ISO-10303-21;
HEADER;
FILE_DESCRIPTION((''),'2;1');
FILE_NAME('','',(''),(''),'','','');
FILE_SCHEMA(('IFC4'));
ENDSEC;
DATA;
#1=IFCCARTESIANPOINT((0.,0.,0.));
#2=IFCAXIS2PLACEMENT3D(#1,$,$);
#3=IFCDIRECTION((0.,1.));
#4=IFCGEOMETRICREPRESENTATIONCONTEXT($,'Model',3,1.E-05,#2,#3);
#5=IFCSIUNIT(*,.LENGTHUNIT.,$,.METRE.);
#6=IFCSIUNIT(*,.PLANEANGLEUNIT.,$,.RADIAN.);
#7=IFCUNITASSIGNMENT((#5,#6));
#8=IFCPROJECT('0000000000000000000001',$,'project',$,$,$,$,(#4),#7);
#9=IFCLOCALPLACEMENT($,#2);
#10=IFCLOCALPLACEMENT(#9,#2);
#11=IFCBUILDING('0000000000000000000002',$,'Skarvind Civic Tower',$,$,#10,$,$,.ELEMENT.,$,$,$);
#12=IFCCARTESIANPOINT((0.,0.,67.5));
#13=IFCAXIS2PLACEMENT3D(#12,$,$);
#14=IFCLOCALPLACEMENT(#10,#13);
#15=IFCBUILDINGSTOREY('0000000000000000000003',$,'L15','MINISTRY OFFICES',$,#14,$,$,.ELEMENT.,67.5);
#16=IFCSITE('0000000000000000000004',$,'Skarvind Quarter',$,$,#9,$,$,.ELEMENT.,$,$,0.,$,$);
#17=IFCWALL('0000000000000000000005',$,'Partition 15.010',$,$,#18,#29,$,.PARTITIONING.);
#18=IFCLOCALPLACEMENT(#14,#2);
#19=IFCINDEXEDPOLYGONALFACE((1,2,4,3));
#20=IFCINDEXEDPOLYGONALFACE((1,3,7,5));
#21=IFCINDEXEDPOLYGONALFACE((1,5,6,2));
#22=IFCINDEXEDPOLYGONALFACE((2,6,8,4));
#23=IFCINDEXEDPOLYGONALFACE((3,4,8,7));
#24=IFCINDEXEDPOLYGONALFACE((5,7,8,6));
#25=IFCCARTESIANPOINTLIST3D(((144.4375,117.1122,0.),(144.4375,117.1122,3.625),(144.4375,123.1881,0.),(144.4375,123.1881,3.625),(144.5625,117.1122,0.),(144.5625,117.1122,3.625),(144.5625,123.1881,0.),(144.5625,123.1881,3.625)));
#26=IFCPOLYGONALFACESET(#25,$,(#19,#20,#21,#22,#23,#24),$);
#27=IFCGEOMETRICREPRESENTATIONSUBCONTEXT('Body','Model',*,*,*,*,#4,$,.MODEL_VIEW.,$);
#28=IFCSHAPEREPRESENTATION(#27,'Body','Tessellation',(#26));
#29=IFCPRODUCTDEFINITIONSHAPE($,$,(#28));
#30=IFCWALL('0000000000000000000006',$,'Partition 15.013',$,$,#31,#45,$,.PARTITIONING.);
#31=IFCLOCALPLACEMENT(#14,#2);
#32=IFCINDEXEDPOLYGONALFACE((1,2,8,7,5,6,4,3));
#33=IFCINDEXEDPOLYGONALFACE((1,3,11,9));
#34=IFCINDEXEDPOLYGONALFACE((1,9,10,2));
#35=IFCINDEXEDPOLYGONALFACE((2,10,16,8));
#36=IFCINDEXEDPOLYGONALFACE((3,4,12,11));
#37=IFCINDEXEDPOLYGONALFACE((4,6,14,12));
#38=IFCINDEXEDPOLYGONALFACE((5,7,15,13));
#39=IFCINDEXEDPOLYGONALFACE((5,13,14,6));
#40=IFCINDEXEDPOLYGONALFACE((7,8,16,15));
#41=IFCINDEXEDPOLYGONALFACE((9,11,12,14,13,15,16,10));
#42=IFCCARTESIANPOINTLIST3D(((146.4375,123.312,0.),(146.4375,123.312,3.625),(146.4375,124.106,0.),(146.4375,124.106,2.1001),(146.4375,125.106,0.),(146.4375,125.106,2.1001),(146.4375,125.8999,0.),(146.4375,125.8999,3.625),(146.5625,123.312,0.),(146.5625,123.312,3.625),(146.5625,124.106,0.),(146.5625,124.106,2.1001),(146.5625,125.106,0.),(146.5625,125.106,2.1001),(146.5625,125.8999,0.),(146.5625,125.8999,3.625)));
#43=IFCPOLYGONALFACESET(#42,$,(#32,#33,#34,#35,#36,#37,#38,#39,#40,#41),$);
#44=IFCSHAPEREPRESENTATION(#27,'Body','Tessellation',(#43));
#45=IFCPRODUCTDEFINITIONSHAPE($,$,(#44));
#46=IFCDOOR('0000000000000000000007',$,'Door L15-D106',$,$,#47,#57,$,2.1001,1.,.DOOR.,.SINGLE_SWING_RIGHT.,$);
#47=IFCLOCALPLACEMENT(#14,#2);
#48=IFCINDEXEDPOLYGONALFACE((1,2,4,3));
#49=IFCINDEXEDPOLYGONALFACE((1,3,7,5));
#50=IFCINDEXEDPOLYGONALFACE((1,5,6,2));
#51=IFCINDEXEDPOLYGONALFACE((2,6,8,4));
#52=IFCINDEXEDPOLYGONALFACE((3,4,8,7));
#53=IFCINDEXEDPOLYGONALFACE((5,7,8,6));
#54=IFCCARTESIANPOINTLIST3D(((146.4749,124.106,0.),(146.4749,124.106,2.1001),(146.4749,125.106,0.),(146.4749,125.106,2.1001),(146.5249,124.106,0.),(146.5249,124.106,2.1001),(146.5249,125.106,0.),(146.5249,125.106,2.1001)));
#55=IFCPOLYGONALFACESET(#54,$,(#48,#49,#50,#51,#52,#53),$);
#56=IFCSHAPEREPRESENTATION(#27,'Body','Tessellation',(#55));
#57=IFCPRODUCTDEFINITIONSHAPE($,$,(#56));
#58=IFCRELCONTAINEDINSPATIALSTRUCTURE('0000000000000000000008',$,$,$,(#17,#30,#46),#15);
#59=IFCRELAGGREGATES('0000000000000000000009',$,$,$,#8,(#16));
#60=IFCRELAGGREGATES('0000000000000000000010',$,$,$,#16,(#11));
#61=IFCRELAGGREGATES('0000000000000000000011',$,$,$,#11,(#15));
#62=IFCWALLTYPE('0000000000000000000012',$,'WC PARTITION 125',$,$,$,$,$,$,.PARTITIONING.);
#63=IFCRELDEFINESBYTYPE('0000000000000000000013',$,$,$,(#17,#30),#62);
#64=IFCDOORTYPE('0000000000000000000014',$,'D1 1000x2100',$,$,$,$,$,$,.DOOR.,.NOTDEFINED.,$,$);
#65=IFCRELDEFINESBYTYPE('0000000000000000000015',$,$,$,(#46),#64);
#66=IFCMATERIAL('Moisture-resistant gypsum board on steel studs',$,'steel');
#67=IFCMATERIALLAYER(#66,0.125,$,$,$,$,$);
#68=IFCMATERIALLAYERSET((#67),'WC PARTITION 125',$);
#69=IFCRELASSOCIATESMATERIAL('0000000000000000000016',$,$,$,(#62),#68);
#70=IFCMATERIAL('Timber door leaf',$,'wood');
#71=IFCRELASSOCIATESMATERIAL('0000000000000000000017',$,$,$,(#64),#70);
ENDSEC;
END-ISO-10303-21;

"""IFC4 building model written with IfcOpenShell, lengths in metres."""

from ifc_helpers import new_model, si_unit, direction, frame, frame_2d, origin, place, context, subcontext, project, spatial, rectangle, extrude, material, layer, layer_set, type_object, element, fill, save


model = new_model("IFC4")

# Units and contexts
model_context = context("Model", 3, precision=1e-05, world=origin(), true_north=direction((0.0, 1.0)))
body_context = subcontext(model_context, "Body", "Model", "MODEL_VIEW")
ifc_project = project(units=[si_unit("LENGTHUNIT", "METRE"), si_unit("PLANEANGLEUNIT", "RADIAN")], contexts=[model_context])

# Site, building, storey
site_placement = place(None, origin())
site = spatial("IfcSite", under=ifc_project, at=site_placement, Name="Skarvind Quarter", CompositionType="ELEMENT", RefElevation=0.0)
building_placement = place(site_placement, origin())
building = spatial("IfcBuilding", under=site, at=building_placement, Name="Skarvind Civic Tower", CompositionType="ELEMENT")
storey_placement = place(building_placement, frame((0.0, 0.0, 67.5)))
storey = spatial("IfcBuildingStorey", under=building, at=storey_placement, Name="L15", Description="MINISTRY OFFICES", CompositionType="ELEMENT", Elevation=67.5)

# Shared definitions
ifc_material_1 = material(Name="Moisture-resistant gypsum board on steel studs", Category="steel")
ifc_layer_1 = layer(ifc_material_1, 0.125)
ifc_layer_set_1 = layer_set([ifc_layer_1], Name="WC PARTITION 125")
wall_type_1 = type_object("IfcWallType", Name="WC PARTITION 125", PredefinedType="PARTITIONING", material=ifc_layer_set_1)

# Shared definitions
ifc_material_2 = material(Name="Timber door leaf", Category="wood")

# Wall
wall_1_placement = place(storey_placement, frame((144.5, 117.1121, 0.0), z_axis=(0.0, 0.0, 1.0), x_axis=(0.0, 1.0, 0.0)))
element("IfcWall", 1, at=wall_1_placement, inside=storey, type_object=wall_type_1, Name="Partition 15.010", PredefinedType="PARTITIONING", context=body_context, shape_type="SweptSolid", body=[
    extrude(rectangle(XDim=6.0759, YDim=0.125, at=frame_2d((3.0381, 0.0))), origin(), (0.0, 0.0, 1.0), 3.625),
])

# Wall, opening, door
wall_2_placement = place(storey_placement, frame((146.5, 125.8999, 0.0), z_axis=(0.0, 0.0, 1.0), x_axis=(0.0, -1.0, 0.0)))
wall_2 = element("IfcWall", 2, at=wall_2_placement, inside=storey, type_object=wall_type_1, Name="Partition 15.013", PredefinedType="PARTITIONING", context=body_context, shape_type="SweptSolid", body=[
    extrude(rectangle(XDim=2.5879, YDim=0.125, at=frame_2d((1.2939, 0.0))), origin(), (0.0, 0.0, 1.0), 3.625),
])
opening_1_placement = place(wall_2_placement, frame((0.7939, 0.0, 0.0)))
opening_1 = element("IfcOpeningElement", 3, at=opening_1_placement, cuts=wall_2, PredefinedType="OPENING", context=body_context, shape_type="SweptSolid", body=[
    extrude(rectangle(XDim=1.0, YDim=2.1001, at=frame_2d((0.5, 1.05))), frame((0.0, 0.0725, 0.0), z_axis=(0.0, -1.0, 0.0), x_axis=(1.0, 0.0, 0.0)), (0.0, 0.0, 1.0), 0.145),
])
door_type_1 = type_object("IfcDoorType", Name="D1 1000x2100", OperationType="NOTDEFINED", PredefinedType="DOOR", material=ifc_material_2)
door_1_placement = place(opening_1_placement, origin())
door_1 = element("IfcDoor", 4, at=door_1_placement, inside=storey, type_object=door_type_1, Name="Door L15-D106", OperationType="SINGLE_SWING_RIGHT", OverallHeight=2.1001, OverallWidth=1.0, PredefinedType="DOOR", context=body_context, shape_type="SweptSolid", body=[
    extrude(rectangle(XDim=1.0, YDim=2.1001, at=frame_2d((0.5, 1.05))), frame((0.0, 0.0249, 0.0), z_axis=(0.0, -1.0, 0.0), x_axis=(1.0, 0.0, 0.0)), (0.0, 0.0, 1.0), 0.05),
])
fill(opening_1, door_1)

save(model, "model.ifc")
